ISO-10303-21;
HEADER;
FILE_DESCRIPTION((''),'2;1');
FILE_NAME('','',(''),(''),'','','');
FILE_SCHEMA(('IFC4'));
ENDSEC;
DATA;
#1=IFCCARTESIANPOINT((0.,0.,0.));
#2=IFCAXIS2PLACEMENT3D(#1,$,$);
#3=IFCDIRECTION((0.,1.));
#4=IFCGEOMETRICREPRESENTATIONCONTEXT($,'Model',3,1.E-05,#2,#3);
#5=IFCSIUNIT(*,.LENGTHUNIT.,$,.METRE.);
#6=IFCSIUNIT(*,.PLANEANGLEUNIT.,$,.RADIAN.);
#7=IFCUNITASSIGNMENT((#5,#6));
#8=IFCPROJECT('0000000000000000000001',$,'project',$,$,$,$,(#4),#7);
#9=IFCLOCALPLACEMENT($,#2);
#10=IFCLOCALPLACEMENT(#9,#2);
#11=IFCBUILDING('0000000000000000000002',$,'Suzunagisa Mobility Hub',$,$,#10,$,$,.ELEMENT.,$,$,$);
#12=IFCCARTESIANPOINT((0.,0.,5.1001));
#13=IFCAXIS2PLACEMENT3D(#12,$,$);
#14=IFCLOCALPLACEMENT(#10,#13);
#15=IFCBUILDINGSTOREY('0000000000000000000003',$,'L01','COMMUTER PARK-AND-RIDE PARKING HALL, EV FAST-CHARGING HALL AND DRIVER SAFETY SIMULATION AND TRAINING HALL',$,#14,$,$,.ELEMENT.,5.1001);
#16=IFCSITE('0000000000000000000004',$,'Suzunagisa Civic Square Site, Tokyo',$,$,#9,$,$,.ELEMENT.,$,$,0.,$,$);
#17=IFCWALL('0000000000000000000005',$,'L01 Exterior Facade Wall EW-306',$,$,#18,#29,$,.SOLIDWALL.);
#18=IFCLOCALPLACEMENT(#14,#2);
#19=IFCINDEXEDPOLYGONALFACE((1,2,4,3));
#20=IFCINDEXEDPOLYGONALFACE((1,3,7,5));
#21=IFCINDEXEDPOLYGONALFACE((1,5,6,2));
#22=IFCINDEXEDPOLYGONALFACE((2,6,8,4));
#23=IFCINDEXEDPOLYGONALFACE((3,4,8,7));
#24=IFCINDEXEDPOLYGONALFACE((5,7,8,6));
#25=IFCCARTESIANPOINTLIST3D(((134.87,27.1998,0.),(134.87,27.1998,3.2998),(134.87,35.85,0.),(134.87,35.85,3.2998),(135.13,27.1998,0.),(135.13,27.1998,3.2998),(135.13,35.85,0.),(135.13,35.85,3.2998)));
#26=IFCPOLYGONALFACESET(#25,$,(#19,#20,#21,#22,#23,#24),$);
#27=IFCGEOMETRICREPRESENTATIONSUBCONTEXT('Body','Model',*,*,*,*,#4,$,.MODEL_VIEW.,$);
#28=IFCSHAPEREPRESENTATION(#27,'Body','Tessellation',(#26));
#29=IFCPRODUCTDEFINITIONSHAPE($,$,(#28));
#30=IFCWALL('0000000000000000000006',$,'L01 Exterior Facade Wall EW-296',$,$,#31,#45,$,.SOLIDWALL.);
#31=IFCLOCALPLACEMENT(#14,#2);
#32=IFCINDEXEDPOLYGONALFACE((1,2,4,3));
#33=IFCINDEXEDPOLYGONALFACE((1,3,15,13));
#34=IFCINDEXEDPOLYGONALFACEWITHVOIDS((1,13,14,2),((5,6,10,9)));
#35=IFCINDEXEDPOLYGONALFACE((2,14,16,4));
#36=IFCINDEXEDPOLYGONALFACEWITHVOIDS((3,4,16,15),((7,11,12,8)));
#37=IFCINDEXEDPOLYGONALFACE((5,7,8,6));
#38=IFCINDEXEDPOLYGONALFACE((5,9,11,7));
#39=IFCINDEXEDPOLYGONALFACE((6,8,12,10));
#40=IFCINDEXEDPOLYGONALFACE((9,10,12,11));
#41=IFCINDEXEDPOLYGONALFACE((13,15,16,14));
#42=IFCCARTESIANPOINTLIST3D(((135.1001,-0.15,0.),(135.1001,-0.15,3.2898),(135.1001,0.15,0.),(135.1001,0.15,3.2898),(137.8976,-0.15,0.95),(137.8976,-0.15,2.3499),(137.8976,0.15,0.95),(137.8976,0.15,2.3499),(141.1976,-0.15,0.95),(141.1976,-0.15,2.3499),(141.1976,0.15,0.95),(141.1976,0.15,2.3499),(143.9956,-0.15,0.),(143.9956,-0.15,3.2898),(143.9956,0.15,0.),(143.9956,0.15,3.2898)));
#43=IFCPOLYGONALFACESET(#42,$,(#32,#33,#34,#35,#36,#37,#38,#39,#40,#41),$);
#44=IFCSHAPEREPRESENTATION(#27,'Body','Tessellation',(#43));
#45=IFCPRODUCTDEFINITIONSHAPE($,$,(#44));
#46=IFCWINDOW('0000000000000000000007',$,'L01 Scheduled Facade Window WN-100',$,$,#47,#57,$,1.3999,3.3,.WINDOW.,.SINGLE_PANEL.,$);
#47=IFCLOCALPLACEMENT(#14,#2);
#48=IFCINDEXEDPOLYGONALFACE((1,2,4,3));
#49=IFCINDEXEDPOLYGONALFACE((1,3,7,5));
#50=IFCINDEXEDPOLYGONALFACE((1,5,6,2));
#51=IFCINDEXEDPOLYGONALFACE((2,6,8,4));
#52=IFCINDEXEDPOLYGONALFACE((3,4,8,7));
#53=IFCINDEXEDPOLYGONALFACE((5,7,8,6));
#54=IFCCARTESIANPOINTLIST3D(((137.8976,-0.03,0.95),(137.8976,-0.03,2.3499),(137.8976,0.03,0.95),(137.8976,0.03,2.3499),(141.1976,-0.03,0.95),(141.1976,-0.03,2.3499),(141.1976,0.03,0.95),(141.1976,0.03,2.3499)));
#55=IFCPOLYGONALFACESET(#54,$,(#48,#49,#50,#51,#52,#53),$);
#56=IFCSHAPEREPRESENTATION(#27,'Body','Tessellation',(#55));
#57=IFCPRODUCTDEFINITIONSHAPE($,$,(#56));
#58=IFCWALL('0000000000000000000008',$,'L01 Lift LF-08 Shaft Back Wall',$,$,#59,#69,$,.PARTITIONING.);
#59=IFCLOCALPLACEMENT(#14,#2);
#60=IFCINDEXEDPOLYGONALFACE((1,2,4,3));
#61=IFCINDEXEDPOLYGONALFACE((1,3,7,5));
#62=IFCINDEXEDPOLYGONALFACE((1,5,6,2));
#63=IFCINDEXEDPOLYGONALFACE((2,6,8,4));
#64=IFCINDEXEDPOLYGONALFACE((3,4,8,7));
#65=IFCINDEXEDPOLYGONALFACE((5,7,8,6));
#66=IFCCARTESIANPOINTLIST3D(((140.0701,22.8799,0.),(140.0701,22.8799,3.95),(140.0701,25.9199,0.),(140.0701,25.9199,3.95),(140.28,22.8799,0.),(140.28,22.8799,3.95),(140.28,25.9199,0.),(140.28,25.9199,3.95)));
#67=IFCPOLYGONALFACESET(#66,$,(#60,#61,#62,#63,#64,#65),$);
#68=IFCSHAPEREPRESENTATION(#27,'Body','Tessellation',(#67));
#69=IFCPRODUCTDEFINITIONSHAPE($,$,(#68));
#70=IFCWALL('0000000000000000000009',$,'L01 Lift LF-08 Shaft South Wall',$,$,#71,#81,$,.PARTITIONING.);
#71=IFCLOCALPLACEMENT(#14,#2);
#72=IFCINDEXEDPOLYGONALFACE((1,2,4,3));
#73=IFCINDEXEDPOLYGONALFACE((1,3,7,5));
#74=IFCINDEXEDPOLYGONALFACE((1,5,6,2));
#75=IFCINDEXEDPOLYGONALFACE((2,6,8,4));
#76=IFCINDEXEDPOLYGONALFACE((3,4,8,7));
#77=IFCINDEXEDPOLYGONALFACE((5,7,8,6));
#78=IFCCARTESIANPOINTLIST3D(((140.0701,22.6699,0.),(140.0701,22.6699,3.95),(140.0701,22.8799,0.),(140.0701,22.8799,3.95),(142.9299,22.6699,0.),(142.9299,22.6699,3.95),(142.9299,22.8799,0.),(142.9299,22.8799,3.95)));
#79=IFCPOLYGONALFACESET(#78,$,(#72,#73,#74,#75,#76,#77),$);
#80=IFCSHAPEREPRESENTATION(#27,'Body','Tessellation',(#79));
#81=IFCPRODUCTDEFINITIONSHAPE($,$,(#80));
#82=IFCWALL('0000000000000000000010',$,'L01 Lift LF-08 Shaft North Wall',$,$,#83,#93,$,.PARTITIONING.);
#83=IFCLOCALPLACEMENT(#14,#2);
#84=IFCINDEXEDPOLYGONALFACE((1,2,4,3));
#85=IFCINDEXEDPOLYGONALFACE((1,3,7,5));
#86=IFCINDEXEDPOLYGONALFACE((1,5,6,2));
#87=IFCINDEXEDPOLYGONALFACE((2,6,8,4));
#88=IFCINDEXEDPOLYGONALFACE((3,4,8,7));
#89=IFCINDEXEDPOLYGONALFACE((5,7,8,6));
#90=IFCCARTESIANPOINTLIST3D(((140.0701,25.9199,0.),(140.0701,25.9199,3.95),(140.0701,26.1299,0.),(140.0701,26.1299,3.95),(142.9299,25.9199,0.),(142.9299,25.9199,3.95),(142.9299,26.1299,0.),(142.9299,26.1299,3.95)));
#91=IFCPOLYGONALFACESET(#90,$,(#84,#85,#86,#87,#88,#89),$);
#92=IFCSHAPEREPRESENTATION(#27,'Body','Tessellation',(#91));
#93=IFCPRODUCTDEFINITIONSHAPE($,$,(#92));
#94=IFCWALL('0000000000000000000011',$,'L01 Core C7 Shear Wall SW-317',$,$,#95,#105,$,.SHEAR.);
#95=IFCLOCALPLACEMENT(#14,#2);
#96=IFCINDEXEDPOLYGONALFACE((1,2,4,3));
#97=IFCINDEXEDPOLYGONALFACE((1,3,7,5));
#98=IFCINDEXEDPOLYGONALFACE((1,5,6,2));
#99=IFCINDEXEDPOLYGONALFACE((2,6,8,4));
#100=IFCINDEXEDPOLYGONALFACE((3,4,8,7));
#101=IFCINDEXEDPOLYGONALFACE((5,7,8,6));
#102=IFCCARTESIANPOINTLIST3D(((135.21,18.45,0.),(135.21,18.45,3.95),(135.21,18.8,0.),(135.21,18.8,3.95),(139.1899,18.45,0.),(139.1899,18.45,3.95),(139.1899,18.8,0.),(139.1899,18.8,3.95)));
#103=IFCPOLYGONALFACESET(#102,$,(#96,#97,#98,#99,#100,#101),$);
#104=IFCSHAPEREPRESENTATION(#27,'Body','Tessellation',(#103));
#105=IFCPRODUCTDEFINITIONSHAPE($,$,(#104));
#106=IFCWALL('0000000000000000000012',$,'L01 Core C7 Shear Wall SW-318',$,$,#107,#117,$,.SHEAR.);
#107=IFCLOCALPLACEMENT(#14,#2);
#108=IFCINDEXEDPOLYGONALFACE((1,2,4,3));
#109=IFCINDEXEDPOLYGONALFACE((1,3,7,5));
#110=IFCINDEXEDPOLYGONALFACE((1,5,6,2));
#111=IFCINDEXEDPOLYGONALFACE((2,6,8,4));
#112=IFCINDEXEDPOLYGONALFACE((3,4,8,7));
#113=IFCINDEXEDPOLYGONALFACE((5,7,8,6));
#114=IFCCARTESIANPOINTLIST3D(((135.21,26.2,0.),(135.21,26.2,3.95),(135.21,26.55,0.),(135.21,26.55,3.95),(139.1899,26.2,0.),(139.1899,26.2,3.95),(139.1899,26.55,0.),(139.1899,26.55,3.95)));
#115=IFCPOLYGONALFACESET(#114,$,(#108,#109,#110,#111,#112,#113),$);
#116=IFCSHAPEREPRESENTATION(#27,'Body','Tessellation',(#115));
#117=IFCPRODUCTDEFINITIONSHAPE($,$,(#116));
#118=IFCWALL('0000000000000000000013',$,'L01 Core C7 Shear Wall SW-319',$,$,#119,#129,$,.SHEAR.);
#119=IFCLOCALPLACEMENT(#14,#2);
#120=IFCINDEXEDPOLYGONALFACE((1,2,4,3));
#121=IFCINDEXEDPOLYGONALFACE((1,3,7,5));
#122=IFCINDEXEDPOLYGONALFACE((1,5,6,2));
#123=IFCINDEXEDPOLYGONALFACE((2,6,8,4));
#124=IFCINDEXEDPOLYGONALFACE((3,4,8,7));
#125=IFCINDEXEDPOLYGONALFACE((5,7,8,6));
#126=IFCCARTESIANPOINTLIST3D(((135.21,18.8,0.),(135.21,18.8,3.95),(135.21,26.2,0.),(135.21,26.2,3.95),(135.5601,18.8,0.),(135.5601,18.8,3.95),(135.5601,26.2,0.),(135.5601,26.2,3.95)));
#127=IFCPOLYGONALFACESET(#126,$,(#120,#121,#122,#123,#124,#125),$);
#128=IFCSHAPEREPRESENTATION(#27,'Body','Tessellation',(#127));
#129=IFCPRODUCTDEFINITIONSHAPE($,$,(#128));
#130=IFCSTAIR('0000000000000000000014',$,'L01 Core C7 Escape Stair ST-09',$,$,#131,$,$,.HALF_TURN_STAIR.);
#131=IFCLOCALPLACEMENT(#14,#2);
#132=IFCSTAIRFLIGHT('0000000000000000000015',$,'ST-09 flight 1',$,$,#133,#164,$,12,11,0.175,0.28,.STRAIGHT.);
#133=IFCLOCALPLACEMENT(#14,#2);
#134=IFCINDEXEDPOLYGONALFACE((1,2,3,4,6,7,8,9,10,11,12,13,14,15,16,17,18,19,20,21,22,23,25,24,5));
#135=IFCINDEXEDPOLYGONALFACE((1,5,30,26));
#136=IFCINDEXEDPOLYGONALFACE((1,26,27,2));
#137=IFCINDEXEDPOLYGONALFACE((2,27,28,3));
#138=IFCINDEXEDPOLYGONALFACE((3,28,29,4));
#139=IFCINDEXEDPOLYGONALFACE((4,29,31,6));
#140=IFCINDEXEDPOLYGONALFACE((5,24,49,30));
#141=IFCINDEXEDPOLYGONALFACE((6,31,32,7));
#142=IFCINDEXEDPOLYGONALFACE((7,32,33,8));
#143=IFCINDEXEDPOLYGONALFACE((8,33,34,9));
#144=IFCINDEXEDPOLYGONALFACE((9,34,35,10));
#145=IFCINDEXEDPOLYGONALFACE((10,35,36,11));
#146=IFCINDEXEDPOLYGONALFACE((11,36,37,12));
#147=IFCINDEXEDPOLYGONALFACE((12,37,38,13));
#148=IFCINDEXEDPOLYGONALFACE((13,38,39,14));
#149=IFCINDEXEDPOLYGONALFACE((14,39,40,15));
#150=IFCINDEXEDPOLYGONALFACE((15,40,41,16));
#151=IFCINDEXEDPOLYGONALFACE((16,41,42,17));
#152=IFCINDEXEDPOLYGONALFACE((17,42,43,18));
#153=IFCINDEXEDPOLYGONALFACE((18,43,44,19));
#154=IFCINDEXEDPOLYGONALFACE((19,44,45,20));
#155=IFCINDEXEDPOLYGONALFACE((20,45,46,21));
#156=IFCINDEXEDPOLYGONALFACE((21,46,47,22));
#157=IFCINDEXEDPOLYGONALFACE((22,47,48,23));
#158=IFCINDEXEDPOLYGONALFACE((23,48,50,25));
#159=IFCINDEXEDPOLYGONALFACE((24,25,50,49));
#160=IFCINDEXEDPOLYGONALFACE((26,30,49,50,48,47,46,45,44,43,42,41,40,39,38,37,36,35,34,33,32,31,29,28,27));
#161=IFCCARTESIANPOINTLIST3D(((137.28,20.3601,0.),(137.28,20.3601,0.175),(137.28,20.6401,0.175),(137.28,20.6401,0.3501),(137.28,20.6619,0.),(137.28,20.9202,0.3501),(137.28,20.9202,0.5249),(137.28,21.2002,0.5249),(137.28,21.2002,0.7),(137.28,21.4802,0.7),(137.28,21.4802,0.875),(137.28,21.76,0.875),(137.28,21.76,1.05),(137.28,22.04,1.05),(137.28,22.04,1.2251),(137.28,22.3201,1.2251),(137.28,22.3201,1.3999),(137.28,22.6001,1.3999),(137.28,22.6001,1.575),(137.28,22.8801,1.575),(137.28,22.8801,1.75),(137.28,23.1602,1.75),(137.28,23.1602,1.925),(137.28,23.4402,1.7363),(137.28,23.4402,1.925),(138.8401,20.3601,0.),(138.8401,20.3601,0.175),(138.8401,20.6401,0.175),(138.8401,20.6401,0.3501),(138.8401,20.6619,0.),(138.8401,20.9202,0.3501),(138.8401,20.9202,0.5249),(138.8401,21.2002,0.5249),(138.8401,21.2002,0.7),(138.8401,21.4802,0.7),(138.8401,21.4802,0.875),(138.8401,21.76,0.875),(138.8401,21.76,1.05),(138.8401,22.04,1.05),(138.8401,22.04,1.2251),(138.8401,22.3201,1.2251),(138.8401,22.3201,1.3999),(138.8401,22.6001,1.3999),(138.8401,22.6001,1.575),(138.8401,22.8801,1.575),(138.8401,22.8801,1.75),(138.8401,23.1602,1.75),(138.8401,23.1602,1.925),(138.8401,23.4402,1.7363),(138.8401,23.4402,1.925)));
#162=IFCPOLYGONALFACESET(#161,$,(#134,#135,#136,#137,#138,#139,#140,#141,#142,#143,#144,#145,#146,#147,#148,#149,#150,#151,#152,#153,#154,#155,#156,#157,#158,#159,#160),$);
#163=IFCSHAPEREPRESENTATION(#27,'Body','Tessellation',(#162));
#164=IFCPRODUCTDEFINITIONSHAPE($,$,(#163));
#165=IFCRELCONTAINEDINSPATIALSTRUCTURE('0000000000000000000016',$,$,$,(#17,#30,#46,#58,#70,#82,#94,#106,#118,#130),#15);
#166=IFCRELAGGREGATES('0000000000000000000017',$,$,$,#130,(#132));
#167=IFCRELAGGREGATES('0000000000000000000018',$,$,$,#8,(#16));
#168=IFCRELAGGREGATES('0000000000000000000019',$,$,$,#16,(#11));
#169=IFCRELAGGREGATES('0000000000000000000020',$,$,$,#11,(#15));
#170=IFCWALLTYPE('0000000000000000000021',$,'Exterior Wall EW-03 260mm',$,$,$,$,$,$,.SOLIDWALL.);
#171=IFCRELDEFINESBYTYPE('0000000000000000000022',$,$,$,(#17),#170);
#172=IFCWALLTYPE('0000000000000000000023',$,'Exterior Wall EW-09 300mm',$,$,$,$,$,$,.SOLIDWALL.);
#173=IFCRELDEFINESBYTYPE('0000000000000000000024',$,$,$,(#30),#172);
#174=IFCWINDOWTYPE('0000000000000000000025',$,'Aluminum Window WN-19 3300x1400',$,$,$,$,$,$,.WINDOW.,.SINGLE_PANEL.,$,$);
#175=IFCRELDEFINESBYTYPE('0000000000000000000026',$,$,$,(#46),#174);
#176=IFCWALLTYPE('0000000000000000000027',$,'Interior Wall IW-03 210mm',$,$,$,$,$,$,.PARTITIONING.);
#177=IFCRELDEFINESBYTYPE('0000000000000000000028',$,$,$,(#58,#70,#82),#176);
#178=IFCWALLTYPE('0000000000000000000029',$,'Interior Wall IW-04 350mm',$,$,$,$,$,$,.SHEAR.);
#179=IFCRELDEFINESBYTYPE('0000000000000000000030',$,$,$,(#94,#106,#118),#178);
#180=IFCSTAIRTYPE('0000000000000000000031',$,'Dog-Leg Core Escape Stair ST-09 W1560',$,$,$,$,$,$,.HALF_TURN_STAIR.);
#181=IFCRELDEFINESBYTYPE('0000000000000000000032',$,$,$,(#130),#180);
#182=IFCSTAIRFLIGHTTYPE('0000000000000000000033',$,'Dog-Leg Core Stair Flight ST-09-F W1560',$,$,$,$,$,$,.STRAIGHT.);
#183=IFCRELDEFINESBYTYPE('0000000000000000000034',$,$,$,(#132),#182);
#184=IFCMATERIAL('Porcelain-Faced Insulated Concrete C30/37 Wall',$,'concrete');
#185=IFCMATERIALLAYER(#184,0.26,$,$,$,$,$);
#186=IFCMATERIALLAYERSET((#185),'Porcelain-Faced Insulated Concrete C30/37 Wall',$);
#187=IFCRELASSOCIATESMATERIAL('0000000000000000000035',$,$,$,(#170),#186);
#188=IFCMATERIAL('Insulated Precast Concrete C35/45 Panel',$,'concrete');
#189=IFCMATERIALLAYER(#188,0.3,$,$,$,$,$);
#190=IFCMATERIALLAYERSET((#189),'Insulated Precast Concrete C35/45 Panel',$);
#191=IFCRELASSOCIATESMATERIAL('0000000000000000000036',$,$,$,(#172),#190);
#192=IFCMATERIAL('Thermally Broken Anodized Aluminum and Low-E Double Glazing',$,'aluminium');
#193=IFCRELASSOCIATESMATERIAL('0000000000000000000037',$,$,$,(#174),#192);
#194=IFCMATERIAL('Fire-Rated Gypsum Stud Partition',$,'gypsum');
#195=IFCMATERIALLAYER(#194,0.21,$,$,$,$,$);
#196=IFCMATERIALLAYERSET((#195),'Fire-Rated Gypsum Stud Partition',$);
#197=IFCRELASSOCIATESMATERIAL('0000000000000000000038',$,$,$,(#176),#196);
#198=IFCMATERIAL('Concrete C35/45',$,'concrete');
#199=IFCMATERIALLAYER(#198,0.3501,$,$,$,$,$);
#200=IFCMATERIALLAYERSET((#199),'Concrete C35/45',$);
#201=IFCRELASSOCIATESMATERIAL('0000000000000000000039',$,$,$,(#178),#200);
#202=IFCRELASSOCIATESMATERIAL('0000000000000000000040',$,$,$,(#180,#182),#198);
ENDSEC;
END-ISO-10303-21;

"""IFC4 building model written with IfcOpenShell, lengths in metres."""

from ifc_helpers import new_model, si_unit, direction, frame, frame_2d, origin, place, context, subcontext, project, spatial, polyline, rectangle, outline, extrude, material, layer, layer_set, type_object, element, fill, aggregate, save


model = new_model("IFC4")

# Units and contexts
model_context = context("Model", 3, precision=1e-05, world=origin(), true_north=direction((0.0, 1.0)))
body_context = subcontext(model_context, "Body", "Model", "MODEL_VIEW")
ifc_project = project(units=[si_unit("LENGTHUNIT", "METRE"), si_unit("PLANEANGLEUNIT", "RADIAN")], contexts=[model_context])

# Site, building, storey
site_placement = place(None, origin())
site = spatial("IfcSite", under=ifc_project, at=site_placement, Name="Suzunagisa Civic Square Site, Tokyo", CompositionType="ELEMENT", RefElevation=0.0)
building_placement = place(site_placement, origin())
building = spatial("IfcBuilding", under=site, at=building_placement, Name="Suzunagisa Mobility Hub", CompositionType="ELEMENT")
storey_placement = place(building_placement, frame((0.0, 0.0, 5.1001)))
storey = spatial("IfcBuildingStorey", under=building, at=storey_placement, Name="L01", Description="COMMUTER PARK-AND-RIDE PARKING HALL, EV FAST-CHARGING HALL AND DRIVER SAFETY SIMULATION AND TRAINING HALL", CompositionType="ELEMENT", Elevation=5.1001)

# Wall
ifc_material_1 = material(Name="Porcelain-Faced Insulated Concrete C30/37 Wall", Category="concrete")
ifc_layer_1 = layer(ifc_material_1, 0.26)
ifc_layer_set_1 = layer_set([ifc_layer_1], Name="Porcelain-Faced Insulated Concrete C30/37 Wall")
wall_type_1 = type_object("IfcWallType", Name="Exterior Wall EW-03 260mm", PredefinedType="SOLIDWALL", material=ifc_layer_set_1)
wall_1_placement = place(storey_placement, frame((135.0, 35.8501, 0.0), z_axis=(0.0, 0.0, 1.0), x_axis=(0.0, -1.0, 0.0)))
element("IfcWall", 1, at=wall_1_placement, inside=storey, type_object=wall_type_1, Name="L01 Exterior Facade Wall EW-306", PredefinedType="SOLIDWALL", context=body_context, shape_type="SweptSolid", body=[
    extrude(rectangle(XDim=8.6501, YDim=0.26, at=frame_2d((4.3252, 0.0))), origin(), (0.0, 0.0, 1.0), 3.2998),
])

# Wall, opening, window
ifc_material_2 = material(Name="Insulated Precast Concrete C35/45 Panel", Category="concrete")
ifc_layer_2 = layer(ifc_material_2, 0.3)
ifc_layer_set_2 = layer_set([ifc_layer_2], Name="Insulated Precast Concrete C35/45 Panel")
wall_type_2 = type_object("IfcWallType", Name="Exterior Wall EW-09 300mm", PredefinedType="SOLIDWALL", material=ifc_layer_set_2)
wall_2_placement = place(storey_placement, frame((135.1001, 0.0, 0.0), z_axis=(0.0, 0.0, 1.0), x_axis=(1.0, 0.0, 0.0)))
wall_2 = element("IfcWall", 2, at=wall_2_placement, inside=storey, type_object=wall_type_2, Name="L01 Exterior Facade Wall EW-296", PredefinedType="SOLIDWALL", context=body_context, shape_type="SweptSolid", body=[
    extrude(rectangle(XDim=8.8955, YDim=0.3, at=frame_2d((4.4478, 0.0))), origin(), (0.0, 0.0, 1.0), 3.2898),
])
opening_1_placement = place(wall_2_placement, frame((2.7976, 0.0, 0.95)))
opening_1 = element("IfcOpeningElement", 3, at=opening_1_placement, cuts=wall_2, PredefinedType="OPENING", context=body_context, shape_type="SweptSolid", body=[
    extrude(rectangle(XDim=3.3, YDim=1.3999, at=frame_2d((1.6499, 0.7))), frame((0.0, 0.1611, 0.0), z_axis=(0.0, -1.0, 0.0), x_axis=(1.0, 0.0, 0.0)), (0.0, 0.0, 1.0), 0.322),
])
ifc_material_3 = material(Name="Thermally Broken Anodized Aluminum and Low-E Double Glazing", Category="aluminium")
window_type = type_object("IfcWindowType", Name="Aluminum Window WN-19 3300x1400", PartitioningType="SINGLE_PANEL", PredefinedType="WINDOW", material=ifc_material_3)
window_placement = place(opening_1_placement, origin())
window = element("IfcWindow", 4, at=window_placement, inside=storey, type_object=window_type, Name="L01 Scheduled Facade Window WN-100", OverallHeight=1.3999, OverallWidth=3.3, PartitioningType="SINGLE_PANEL", PredefinedType="WINDOW", context=body_context, shape_type="SweptSolid", body=[
    extrude(rectangle(XDim=3.3, YDim=1.3999, at=frame_2d((1.6499, 0.7))), frame((0.0, 0.03, 0.0), z_axis=(0.0, -1.0, 0.0), x_axis=(1.0, 0.0, 0.0)), (0.0, 0.0, 1.0), 0.0601),
])
fill(opening_1, window)

# Walls
ifc_material_4 = material(Name="Fire-Rated Gypsum Stud Partition", Category="gypsum")
ifc_layer_3 = layer(ifc_material_4, 0.21)
ifc_layer_set_3 = layer_set([ifc_layer_3], Name="Fire-Rated Gypsum Stud Partition")
wall_type_3 = type_object("IfcWallType", Name="Interior Wall IW-03 210mm", PredefinedType="PARTITIONING", material=ifc_layer_set_3)
wall_3_placement = place(storey_placement, frame((140.175, 22.8799, 0.0), z_axis=(0.0, 0.0, 1.0), x_axis=(0.0, 1.0, 0.0)))
element("IfcWall", 5, at=wall_3_placement, inside=storey, type_object=wall_type_3, Name="L01 Lift LF-08 Shaft Back Wall", PredefinedType="PARTITIONING", context=body_context, shape_type="SweptSolid", body=[
    extrude(rectangle(XDim=3.04, YDim=0.21, at=frame_2d((1.52, 0.0))), origin(), (0.0, 0.0, 1.0), 3.95),
])
for number, where, z_axis, x_axis, name in (
    (6, (140.0701, 22.7749, 0.0), (0.0, 0.0, 1.0), (1.0, 0.0, 0.0), "L01 Lift LF-08 Shaft South Wall"),
    (7, (140.0701, 26.0249, 0.0), (0.0, 0.0, 1.0), (1.0, 0.0, 0.0), "L01 Lift LF-08 Shaft North Wall"),
):
    element("IfcWall", number, at=place(storey_placement, frame(where, z_axis=z_axis, x_axis=x_axis)), inside=storey, type_object=wall_type_3, Name=name, PredefinedType="PARTITIONING", context=body_context, shape_type="SweptSolid", body=[
        extrude(rectangle(XDim=2.8599, YDim=0.21, at=frame_2d((1.4299, 0.0))), origin(), (0.0, 0.0, 1.0), 3.95),
    ])
ifc_material_5 = material(Name="Concrete C35/45", Category="concrete")
ifc_layer_4 = layer(ifc_material_5, 0.3501)
ifc_layer_set_4 = layer_set([ifc_layer_4], Name="Concrete C35/45")
wall_type_4 = type_object("IfcWallType", Name="Interior Wall IW-04 350mm", PredefinedType="SHEAR", material=ifc_layer_set_4)
for number, where, z_axis, x_axis, name in (
    (8, (135.21, 18.625, 0.0), (0.0, 0.0, 1.0), (1.0, 0.0, 0.0), "L01 Core C7 Shear Wall SW-317"),
    (9, (135.21, 26.375, 0.0), (0.0, 0.0, 1.0), (1.0, 0.0, 0.0), "L01 Core C7 Shear Wall SW-318"),
):
    element("IfcWall", number, at=place(storey_placement, frame(where, z_axis=z_axis, x_axis=x_axis)), inside=storey, type_object=wall_type_4, Name=name, PredefinedType="SHEAR", context=body_context, shape_type="SweptSolid", body=[
        extrude(rectangle(XDim=3.98, YDim=0.3501, at=frame_2d((1.99, 0.0))), origin(), (0.0, 0.0, 1.0), 3.95),
    ])
wall_4_placement = place(storey_placement, frame((135.385, 18.8, 0.0), z_axis=(0.0, 0.0, 1.0), x_axis=(0.0, 1.0, 0.0)))
element("IfcWall", 10, at=wall_4_placement, inside=storey, type_object=wall_type_4, Name="L01 Core C7 Shear Wall SW-319", PredefinedType="SHEAR", context=body_context, shape_type="SweptSolid", body=[
    extrude(rectangle(XDim=7.3999, YDim=0.3501, at=frame_2d((3.7, 0.0))), origin(), (0.0, 0.0, 1.0), 3.95),
])

# Stair, stair flight
stair_type = type_object("IfcStairType", Name="Dog-Leg Core Escape Stair ST-09 W1560", PredefinedType="HALF_TURN_STAIR", material=ifc_material_5)
stair_placement = place(storey_placement, origin())
stair = element("IfcStair", 11, at=stair_placement, inside=storey, type_object=stair_type, Name="L01 Core C7 Escape Stair ST-09", PredefinedType="HALF_TURN_STAIR")
stair_flight_type = type_object("IfcStairFlightType", Name="Dog-Leg Core Stair Flight ST-09-F W1560", PredefinedType="STRAIGHT", material=ifc_material_5)
stair_flight_1_placement = place(storey_placement, frame((138.0601, 20.3601, 0.0), z_axis=(0.0, 0.0, 1.0), x_axis=(0.0, 1.0, 0.0)))
stair_flight_1 = element("IfcStairFlight", 12, at=stair_flight_1_placement, type_object=stair_flight_type, Name="ST-09 flight 1", NumberOfRisers=12, NumberOfTreads=11, PredefinedType="STRAIGHT", RiserHeight=0.175, TreadLength=0.28, context=body_context, shape_type="SweptSolid", body=[
    extrude(outline(polyline([(0.0, 0.0), (0.0, 0.175), (0.28, 0.175), (0.28, 0.3501), (0.5601, 0.3501), (0.5601, 0.5249), (0.8401, 0.5249), (0.8401, 0.7), (1.1201, 0.7), (1.1201, 0.875), (1.3999, 0.875), (1.3999, 1.05), (1.6799, 1.05), (1.6799, 1.2251), (1.96, 1.2251), (1.96, 1.3999), (2.24, 1.3999), (2.24, 1.575), (2.52, 1.575), (2.52, 1.75), (2.8, 1.75), (2.8, 1.925), (3.0801, 1.925), (3.0801, 2.1001), (3.0801, 1.7363), (0.3018, 0.0), (0.0, 0.0)])), frame((0.0, 0.78, 0.0), z_axis=(0.0, -1.0, 0.0), x_axis=(1.0, 0.0, 0.0)), (0.0, 0.0, 1.0), 1.5601),
])
aggregate(stair, [stair_flight_1])

save(model, "model.ifc")
